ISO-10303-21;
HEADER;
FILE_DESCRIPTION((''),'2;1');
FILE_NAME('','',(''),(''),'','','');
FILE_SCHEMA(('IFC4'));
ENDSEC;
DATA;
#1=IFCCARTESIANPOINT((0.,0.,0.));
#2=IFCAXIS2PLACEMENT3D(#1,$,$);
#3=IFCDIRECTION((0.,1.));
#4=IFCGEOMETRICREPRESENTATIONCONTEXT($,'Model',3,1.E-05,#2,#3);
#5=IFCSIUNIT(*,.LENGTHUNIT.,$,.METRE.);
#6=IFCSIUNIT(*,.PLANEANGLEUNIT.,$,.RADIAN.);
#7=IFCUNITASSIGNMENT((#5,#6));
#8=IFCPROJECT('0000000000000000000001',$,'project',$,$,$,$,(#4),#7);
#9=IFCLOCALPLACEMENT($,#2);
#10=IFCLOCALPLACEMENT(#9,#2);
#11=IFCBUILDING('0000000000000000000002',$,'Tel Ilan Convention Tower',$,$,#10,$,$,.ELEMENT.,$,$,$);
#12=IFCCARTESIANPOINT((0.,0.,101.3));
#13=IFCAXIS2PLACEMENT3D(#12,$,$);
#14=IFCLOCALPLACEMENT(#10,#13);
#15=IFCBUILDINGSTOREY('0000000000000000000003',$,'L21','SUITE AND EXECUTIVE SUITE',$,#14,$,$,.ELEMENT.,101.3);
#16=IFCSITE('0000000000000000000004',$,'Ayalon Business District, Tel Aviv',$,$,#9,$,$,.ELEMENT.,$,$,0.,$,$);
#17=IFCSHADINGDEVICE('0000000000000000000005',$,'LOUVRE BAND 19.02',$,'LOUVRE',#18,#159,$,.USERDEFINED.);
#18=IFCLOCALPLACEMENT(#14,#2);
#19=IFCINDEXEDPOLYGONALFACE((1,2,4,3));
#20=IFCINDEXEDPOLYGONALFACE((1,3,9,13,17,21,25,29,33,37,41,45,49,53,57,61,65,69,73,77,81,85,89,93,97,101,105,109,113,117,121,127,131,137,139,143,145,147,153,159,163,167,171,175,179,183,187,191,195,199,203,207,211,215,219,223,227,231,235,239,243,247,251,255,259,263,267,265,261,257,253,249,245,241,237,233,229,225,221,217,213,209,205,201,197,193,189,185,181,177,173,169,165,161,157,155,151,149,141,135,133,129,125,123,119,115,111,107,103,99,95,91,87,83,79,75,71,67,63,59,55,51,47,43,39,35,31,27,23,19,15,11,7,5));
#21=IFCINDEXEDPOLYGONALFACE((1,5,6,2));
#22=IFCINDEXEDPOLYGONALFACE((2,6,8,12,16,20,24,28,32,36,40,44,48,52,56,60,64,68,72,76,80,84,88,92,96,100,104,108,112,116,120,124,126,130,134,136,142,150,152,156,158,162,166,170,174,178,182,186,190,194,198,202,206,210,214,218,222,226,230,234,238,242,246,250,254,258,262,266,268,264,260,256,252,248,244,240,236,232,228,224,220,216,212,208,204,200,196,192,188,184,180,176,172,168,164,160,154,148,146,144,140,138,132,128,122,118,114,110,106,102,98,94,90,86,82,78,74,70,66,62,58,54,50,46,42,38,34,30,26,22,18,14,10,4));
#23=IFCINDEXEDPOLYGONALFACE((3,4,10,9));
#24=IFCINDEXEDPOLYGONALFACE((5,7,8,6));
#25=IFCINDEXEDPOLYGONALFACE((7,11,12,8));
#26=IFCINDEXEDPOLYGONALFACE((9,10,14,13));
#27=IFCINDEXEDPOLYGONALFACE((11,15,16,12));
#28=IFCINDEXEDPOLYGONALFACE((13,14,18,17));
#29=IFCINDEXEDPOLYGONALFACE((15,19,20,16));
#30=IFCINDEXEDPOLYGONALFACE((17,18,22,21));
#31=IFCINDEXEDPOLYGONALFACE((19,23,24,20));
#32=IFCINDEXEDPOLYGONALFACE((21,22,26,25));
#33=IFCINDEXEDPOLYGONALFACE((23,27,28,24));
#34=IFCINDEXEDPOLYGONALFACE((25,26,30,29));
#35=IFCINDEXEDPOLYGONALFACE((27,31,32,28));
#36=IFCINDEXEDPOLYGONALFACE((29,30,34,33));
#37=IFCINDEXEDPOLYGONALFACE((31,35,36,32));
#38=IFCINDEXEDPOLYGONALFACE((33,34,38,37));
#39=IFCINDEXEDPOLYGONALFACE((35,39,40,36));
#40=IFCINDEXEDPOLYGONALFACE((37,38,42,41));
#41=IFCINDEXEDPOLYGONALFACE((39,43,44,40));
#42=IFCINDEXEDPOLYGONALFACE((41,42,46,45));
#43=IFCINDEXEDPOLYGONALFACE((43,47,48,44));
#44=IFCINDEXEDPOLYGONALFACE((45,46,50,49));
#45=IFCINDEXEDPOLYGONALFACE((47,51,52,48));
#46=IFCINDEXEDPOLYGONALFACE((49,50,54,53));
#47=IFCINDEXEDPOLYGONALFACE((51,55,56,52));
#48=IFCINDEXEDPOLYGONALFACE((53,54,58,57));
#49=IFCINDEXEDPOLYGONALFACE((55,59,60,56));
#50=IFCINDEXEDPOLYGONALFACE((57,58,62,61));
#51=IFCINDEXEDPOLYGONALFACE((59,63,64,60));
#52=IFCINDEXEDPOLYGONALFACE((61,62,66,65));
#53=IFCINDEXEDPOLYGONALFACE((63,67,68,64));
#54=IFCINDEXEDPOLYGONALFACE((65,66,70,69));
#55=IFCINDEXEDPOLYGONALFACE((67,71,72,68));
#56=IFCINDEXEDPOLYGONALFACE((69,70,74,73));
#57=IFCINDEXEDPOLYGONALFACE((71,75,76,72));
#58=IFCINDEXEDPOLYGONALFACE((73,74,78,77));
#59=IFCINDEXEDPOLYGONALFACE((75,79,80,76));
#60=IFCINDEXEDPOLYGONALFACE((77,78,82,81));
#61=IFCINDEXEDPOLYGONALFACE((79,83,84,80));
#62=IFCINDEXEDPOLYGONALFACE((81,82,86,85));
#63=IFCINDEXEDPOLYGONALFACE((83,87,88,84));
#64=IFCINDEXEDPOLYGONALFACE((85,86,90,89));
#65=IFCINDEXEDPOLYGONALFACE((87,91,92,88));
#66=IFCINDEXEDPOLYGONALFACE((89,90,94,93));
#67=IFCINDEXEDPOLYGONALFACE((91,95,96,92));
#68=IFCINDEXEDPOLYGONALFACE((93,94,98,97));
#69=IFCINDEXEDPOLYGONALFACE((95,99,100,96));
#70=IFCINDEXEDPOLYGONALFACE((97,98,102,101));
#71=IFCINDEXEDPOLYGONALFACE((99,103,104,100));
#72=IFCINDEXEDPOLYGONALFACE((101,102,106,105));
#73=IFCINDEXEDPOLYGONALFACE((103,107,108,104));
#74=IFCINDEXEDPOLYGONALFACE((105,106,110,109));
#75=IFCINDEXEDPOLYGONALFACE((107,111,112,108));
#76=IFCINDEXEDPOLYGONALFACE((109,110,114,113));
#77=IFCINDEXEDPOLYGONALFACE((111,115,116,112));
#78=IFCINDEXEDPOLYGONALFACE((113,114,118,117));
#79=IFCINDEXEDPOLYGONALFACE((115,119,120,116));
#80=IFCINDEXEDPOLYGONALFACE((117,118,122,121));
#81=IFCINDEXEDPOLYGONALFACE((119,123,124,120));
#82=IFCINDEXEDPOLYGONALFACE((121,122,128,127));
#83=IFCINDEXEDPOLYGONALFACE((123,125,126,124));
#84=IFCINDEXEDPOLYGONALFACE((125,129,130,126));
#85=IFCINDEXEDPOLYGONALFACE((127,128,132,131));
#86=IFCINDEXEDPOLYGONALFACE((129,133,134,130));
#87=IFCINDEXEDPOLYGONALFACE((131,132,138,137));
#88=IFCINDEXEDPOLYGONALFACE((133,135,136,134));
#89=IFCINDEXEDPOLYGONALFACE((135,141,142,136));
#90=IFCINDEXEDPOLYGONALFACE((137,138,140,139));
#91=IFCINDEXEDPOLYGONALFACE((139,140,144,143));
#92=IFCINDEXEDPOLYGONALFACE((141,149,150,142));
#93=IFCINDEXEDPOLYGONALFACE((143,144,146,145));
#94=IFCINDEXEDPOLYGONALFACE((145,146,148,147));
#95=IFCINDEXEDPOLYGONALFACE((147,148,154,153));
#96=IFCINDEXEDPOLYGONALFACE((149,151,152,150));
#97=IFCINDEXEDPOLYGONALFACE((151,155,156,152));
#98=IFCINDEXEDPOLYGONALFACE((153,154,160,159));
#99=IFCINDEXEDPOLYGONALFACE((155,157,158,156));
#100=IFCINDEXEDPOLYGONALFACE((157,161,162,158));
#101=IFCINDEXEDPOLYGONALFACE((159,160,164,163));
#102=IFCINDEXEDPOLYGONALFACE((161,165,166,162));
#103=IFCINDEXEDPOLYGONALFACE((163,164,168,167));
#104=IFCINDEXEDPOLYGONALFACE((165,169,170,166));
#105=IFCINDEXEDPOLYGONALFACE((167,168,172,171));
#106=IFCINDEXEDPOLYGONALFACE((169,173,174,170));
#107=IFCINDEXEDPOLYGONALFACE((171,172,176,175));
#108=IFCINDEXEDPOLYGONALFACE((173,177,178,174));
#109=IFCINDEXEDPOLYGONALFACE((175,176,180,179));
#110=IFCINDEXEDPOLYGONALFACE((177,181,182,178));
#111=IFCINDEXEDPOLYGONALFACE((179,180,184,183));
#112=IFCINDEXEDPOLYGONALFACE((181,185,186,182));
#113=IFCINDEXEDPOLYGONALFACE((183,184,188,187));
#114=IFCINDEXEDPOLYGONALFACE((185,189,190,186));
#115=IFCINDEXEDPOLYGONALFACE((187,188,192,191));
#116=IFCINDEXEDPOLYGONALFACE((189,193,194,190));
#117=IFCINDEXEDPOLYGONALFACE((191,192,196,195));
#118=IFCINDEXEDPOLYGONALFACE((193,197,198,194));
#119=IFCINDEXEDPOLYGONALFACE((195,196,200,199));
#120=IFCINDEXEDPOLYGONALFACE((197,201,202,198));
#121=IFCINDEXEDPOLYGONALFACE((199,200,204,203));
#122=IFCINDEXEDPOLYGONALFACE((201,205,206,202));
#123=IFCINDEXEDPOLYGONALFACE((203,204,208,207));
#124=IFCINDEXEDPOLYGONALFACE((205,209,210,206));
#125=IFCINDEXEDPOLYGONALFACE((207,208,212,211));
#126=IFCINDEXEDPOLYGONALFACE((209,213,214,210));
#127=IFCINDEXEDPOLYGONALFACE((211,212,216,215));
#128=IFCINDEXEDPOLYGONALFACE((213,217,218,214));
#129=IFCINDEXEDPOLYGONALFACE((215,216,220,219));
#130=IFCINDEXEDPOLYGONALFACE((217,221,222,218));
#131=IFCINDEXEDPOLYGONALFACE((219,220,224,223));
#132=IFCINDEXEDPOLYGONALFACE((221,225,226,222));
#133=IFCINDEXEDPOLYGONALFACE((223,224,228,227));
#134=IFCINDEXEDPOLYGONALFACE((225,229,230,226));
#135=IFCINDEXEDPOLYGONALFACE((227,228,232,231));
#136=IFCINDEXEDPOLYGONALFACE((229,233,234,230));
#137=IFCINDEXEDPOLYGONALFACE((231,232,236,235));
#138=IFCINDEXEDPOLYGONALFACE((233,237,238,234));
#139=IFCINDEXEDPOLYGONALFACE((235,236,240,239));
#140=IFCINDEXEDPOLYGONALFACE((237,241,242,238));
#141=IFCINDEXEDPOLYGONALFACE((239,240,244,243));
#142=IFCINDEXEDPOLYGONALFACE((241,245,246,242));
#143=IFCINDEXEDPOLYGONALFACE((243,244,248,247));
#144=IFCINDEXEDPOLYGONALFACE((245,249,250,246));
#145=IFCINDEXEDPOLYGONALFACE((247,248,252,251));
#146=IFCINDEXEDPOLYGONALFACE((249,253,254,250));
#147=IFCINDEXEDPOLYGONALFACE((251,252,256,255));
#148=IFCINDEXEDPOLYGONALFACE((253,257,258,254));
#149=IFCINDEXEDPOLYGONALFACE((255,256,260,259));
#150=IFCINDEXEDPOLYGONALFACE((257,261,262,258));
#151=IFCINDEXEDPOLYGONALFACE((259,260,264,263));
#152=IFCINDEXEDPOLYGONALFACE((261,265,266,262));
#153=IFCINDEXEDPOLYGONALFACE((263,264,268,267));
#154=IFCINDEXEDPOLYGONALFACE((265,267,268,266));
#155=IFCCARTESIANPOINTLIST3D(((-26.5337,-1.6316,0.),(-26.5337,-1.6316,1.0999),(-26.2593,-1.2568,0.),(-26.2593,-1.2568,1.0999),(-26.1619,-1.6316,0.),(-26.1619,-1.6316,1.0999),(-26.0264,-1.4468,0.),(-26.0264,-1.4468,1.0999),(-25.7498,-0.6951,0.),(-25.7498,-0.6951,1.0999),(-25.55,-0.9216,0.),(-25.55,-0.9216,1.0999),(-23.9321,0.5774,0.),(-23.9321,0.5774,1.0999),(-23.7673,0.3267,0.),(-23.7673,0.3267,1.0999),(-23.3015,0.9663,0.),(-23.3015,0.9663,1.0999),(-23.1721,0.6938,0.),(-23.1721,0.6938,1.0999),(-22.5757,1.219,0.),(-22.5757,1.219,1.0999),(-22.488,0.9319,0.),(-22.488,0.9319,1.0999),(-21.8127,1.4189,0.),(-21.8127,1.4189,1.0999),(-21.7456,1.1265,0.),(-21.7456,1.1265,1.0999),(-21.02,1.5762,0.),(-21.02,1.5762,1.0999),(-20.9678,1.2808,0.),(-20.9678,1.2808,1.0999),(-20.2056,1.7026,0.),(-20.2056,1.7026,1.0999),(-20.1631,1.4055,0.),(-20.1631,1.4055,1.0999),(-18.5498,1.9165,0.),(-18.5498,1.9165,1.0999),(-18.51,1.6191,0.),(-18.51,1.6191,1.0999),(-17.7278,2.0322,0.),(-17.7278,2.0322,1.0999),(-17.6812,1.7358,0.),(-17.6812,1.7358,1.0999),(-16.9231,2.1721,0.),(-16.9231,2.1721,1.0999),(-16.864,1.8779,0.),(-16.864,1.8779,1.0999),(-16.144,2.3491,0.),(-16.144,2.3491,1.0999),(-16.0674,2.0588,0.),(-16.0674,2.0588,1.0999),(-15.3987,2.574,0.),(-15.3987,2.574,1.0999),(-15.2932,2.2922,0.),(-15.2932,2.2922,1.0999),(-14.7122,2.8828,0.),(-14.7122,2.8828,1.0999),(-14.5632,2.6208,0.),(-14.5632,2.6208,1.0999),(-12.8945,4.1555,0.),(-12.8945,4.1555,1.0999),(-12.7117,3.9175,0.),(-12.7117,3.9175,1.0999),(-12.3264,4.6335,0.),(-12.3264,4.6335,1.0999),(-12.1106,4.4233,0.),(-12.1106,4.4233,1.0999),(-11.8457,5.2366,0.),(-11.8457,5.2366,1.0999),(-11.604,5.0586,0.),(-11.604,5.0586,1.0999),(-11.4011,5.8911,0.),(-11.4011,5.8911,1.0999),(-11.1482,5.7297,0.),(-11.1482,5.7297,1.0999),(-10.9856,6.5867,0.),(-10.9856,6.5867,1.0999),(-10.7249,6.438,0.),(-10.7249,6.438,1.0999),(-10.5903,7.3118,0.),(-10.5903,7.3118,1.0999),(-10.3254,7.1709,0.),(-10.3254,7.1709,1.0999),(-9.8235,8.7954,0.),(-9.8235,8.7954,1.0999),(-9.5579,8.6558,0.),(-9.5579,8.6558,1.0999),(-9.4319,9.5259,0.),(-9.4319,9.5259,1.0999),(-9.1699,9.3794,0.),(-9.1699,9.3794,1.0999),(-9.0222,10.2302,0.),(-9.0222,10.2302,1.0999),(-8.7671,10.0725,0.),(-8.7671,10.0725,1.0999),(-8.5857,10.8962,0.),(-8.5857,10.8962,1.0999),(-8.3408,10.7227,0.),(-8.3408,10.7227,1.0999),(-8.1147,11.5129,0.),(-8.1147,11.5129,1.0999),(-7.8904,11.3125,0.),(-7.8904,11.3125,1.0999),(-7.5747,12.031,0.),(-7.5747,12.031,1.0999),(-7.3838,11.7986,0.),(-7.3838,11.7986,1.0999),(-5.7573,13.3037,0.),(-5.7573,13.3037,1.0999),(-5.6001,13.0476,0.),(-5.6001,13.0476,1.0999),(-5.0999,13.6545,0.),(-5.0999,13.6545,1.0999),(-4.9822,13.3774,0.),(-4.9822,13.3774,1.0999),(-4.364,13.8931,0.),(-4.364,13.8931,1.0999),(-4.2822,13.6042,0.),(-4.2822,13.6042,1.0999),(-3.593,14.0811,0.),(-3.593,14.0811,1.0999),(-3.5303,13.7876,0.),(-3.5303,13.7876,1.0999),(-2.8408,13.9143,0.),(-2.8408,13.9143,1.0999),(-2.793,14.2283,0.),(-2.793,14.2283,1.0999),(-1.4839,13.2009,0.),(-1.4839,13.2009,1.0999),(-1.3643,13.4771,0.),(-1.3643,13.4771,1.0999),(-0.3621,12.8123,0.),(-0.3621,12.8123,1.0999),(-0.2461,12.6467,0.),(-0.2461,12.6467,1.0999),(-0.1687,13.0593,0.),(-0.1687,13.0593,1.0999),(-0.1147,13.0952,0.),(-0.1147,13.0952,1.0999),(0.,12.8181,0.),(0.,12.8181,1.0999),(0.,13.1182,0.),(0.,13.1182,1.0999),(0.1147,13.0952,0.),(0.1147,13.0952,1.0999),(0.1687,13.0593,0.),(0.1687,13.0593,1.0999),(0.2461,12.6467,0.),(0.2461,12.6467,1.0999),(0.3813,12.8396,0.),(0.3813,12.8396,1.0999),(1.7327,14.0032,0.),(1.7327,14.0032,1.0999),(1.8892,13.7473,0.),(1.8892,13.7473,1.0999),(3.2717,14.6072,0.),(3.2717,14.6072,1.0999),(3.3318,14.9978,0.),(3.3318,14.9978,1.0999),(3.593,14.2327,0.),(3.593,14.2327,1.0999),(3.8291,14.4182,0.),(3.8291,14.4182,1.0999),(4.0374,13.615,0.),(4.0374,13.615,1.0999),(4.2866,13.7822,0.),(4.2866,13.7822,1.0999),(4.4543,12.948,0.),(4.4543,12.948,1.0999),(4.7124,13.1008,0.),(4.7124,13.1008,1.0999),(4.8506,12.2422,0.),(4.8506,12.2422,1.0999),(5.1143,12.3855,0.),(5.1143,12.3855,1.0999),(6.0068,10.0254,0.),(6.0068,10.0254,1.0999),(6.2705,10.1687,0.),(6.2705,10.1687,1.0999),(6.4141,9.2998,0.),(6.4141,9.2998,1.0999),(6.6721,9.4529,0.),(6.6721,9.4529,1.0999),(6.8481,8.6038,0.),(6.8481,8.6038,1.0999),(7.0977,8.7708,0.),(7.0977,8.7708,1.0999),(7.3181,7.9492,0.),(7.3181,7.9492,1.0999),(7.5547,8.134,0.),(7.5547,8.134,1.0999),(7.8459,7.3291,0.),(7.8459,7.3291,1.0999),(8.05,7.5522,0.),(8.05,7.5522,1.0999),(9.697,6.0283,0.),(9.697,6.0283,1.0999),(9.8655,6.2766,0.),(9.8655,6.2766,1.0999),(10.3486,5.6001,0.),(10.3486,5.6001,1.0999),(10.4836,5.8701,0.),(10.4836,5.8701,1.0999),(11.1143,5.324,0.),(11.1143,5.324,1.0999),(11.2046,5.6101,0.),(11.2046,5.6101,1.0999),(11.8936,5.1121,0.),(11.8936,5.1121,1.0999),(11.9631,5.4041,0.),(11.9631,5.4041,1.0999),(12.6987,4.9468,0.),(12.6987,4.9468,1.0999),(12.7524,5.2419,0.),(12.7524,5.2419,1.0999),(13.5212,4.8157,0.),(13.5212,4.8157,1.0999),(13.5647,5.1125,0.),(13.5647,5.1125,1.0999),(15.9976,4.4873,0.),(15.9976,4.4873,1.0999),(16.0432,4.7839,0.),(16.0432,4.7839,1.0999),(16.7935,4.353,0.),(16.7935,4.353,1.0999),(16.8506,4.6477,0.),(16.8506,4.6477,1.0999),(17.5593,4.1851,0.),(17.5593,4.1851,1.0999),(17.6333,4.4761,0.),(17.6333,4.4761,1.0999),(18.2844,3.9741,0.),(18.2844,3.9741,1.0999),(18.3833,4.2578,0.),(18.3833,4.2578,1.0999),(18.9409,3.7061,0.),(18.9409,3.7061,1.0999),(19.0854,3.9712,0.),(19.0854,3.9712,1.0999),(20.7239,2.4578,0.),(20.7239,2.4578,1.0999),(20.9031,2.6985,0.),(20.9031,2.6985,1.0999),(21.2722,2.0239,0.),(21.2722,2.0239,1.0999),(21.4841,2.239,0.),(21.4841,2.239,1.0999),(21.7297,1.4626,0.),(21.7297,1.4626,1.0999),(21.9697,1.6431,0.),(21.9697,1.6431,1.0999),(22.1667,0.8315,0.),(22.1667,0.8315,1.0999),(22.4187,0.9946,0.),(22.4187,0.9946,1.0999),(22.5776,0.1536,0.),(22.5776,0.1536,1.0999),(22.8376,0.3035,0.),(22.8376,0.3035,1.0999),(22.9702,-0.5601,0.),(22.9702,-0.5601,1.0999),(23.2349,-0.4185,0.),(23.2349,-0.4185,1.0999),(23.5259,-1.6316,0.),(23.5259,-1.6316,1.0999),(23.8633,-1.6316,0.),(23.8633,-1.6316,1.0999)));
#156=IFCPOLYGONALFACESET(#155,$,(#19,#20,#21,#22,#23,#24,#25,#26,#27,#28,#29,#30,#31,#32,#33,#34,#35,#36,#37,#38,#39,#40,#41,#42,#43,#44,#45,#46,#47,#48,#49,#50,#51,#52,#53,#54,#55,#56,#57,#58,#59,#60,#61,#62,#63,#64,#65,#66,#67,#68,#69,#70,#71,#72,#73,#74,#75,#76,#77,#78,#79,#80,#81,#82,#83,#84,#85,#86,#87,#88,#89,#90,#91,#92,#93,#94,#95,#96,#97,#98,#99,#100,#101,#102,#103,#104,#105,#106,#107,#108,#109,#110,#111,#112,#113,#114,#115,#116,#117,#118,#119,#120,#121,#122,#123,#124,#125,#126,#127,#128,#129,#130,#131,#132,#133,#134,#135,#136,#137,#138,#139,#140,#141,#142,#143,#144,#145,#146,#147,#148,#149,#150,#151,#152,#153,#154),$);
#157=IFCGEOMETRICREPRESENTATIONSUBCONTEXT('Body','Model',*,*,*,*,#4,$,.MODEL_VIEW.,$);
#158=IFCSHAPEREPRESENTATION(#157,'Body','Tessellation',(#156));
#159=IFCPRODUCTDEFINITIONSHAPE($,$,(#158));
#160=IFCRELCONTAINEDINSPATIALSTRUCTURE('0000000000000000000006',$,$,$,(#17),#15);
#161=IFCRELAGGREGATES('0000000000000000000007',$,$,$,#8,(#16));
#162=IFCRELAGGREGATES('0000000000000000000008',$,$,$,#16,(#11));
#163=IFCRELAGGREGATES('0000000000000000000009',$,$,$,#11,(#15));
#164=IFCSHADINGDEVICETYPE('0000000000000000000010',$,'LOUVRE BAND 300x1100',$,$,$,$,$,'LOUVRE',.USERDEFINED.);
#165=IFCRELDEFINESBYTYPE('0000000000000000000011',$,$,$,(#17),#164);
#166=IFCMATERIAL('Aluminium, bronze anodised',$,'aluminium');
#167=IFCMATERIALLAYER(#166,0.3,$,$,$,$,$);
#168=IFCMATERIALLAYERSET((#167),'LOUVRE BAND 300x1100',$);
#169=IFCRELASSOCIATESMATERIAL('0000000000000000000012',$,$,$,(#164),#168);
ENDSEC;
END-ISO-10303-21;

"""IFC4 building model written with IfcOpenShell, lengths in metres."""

from ifc_helpers import new_model, si_unit, direction, frame, origin, place, context, subcontext, project, spatial, polyline, outline, extrude, material, layer, layer_set, type_object, element, save


model = new_model("IFC4")

# Units and contexts
model_context = context("Model", 3, precision=1e-05, world=origin(), true_north=direction((0.0, 1.0)))
body_context = subcontext(model_context, "Body", "Model", "MODEL_VIEW")
ifc_project = project(units=[si_unit("LENGTHUNIT", "METRE"), si_unit("PLANEANGLEUNIT", "RADIAN")], contexts=[model_context])

# Site, building, storey
site_placement = place(None, origin())
site = spatial("IfcSite", under=ifc_project, at=site_placement, Name="Ayalon Business District, Tel Aviv", CompositionType="ELEMENT", RefElevation=0.0)
building_placement = place(site_placement, origin())
building = spatial("IfcBuilding", under=site, at=building_placement, Name="Tel Ilan Convention Tower", CompositionType="ELEMENT")
storey_placement = place(building_placement, frame((0.0, 0.0, 101.3)))
storey = spatial("IfcBuildingStorey", under=building, at=storey_placement, Name="L21", Description="SUITE AND EXECUTIVE SUITE", CompositionType="ELEMENT", Elevation=101.3)

# Shading device
ifc_material_1 = material(Name="Aluminium, bronze anodised", Category="aluminium")
ifc_layer_1 = layer(ifc_material_1, 0.3)
ifc_layer_set_1 = layer_set([ifc_layer_1], Name="LOUVRE BAND 300x1100")
shading_device_type_1 = type_object("IfcShadingDeviceType", Name="LOUVRE BAND 300x1100", ElementType="LOUVRE", PredefinedType="USERDEFINED", material=ifc_layer_set_1)
shading_device_1_placement = place(storey_placement, origin())
element("IfcShadingDevice", 1, at=shading_device_1_placement, inside=storey, type_object=shading_device_type_1, Name="LOUVRE BAND 19.02", ObjectType="LOUVRE", PredefinedType="USERDEFINED", context=body_context, shape_type="SweptSolid", body=[
    extrude(outline(polyline([(-26.2593, -1.2568), (-26.5337, -1.6316), (-26.1619, -1.6316), (-26.0264, -1.4468), (-25.55, -0.9216), (-23.7673, 0.3267), (-23.1721, 0.6938), (-22.488, 0.9319), (-21.7456, 1.1265), (-20.9678, 1.2808), (-20.1631, 1.4055), (-18.51, 1.6191), (-17.6812, 1.7358), (-16.864, 1.8779), (-16.0674, 2.0588), (-15.2932, 2.2922), (-14.5632, 2.6208), (-12.7117, 3.9175), (-12.1106, 4.4233), (-11.604, 5.0586), (-11.1482, 5.7297), (-10.7249, 6.438), (-10.3254, 7.1709), (-9.5579, 8.6558), (-9.1699, 9.3794), (-8.7671, 10.0725), (-8.3408, 10.7227), (-7.8904, 11.3125), (-7.3838, 11.7986), (-5.6001, 13.0476), (-4.9822, 13.3774), (-4.2822, 13.6042), (-3.5303, 13.7876), (-2.8408, 13.9143), (-1.4839, 13.2009), (-0.3621, 12.8123), (-0.2461, 12.6467), (0.0, 12.8181), (0.2461, 12.6467), (0.3813, 12.8396), (1.8892, 13.7473), (3.2717, 14.6072), (3.593, 14.2327), (4.0374, 13.615), (4.4543, 12.948), (4.8506, 12.2422), (6.0068, 10.0254), (6.4141, 9.2998), (6.8481, 8.6038), (7.3181, 7.9492), (7.8459, 7.3291), (9.697, 6.0283), (10.3486, 5.6001), (11.1143, 5.324), (11.8936, 5.1121), (12.6987, 4.9468), (13.5212, 4.8157), (15.9976, 4.4873), (16.7935, 4.353), (17.5593, 4.1851), (18.2844, 3.9741), (18.9409, 3.7061), (20.7239, 2.4578), (21.2722, 2.0239), (21.7297, 1.4626), (22.1667, 0.8315), (22.5776, 0.1536), (22.9702, -0.5601), (23.5259, -1.6316), (23.8633, -1.6316), (23.2349, -0.4185), (22.8376, 0.3035), (22.4187, 0.9946), (21.9697, 1.6431), (21.4841, 2.239), (20.9031, 2.6985), (19.0854, 3.9712), (18.3833, 4.2578), (17.6333, 4.4761), (16.8506, 4.6477), (16.0432, 4.7839), (13.5647, 5.1125), (12.7524, 5.2419), (11.9631, 5.4041), (11.2046, 5.6101), (10.4836, 5.8701), (9.8655, 6.2766), (8.05, 7.5522), (7.5547, 8.134), (7.0977, 8.7708), (6.6721, 9.4529), (6.2705, 10.1687), (5.1143, 12.3855), (4.7124, 13.1008), (4.2866, 13.7822), (3.8291, 14.4182), (3.3318, 14.9978), (1.7327, 14.0032), (0.1687, 13.0593), (0.1147, 13.0952), (0.0, 13.1182), (-0.1147, 13.0952), (-0.1687, 13.0593), (-1.3643, 13.4771), (-2.793, 14.2283), (-3.593, 14.0811), (-4.364, 13.8931), (-5.0999, 13.6545), (-5.7573, 13.3037), (-7.5747, 12.031), (-8.1147, 11.5129), (-8.5857, 10.8962), (-9.0222, 10.2302), (-9.4319, 9.5259), (-9.8235, 8.7954), (-10.5903, 7.3118), (-10.9856, 6.5867), (-11.4011, 5.8911), (-11.8457, 5.2366), (-12.3264, 4.6335), (-12.8945, 4.1555), (-14.7122, 2.8828), (-15.3987, 2.574), (-16.144, 2.3491), (-16.9231, 2.1721), (-17.7278, 2.0322), (-18.5498, 1.9165), (-20.2056, 1.7026), (-21.02, 1.5762), (-21.8127, 1.4189), (-22.5757, 1.219), (-23.3015, 0.9663), (-23.9321, 0.5774), (-25.7498, -0.6951), (-26.2593, -1.2568)])), origin(), (0.0, 0.0, 1.0), 1.0999),
])

save(model, "model.ifc")
